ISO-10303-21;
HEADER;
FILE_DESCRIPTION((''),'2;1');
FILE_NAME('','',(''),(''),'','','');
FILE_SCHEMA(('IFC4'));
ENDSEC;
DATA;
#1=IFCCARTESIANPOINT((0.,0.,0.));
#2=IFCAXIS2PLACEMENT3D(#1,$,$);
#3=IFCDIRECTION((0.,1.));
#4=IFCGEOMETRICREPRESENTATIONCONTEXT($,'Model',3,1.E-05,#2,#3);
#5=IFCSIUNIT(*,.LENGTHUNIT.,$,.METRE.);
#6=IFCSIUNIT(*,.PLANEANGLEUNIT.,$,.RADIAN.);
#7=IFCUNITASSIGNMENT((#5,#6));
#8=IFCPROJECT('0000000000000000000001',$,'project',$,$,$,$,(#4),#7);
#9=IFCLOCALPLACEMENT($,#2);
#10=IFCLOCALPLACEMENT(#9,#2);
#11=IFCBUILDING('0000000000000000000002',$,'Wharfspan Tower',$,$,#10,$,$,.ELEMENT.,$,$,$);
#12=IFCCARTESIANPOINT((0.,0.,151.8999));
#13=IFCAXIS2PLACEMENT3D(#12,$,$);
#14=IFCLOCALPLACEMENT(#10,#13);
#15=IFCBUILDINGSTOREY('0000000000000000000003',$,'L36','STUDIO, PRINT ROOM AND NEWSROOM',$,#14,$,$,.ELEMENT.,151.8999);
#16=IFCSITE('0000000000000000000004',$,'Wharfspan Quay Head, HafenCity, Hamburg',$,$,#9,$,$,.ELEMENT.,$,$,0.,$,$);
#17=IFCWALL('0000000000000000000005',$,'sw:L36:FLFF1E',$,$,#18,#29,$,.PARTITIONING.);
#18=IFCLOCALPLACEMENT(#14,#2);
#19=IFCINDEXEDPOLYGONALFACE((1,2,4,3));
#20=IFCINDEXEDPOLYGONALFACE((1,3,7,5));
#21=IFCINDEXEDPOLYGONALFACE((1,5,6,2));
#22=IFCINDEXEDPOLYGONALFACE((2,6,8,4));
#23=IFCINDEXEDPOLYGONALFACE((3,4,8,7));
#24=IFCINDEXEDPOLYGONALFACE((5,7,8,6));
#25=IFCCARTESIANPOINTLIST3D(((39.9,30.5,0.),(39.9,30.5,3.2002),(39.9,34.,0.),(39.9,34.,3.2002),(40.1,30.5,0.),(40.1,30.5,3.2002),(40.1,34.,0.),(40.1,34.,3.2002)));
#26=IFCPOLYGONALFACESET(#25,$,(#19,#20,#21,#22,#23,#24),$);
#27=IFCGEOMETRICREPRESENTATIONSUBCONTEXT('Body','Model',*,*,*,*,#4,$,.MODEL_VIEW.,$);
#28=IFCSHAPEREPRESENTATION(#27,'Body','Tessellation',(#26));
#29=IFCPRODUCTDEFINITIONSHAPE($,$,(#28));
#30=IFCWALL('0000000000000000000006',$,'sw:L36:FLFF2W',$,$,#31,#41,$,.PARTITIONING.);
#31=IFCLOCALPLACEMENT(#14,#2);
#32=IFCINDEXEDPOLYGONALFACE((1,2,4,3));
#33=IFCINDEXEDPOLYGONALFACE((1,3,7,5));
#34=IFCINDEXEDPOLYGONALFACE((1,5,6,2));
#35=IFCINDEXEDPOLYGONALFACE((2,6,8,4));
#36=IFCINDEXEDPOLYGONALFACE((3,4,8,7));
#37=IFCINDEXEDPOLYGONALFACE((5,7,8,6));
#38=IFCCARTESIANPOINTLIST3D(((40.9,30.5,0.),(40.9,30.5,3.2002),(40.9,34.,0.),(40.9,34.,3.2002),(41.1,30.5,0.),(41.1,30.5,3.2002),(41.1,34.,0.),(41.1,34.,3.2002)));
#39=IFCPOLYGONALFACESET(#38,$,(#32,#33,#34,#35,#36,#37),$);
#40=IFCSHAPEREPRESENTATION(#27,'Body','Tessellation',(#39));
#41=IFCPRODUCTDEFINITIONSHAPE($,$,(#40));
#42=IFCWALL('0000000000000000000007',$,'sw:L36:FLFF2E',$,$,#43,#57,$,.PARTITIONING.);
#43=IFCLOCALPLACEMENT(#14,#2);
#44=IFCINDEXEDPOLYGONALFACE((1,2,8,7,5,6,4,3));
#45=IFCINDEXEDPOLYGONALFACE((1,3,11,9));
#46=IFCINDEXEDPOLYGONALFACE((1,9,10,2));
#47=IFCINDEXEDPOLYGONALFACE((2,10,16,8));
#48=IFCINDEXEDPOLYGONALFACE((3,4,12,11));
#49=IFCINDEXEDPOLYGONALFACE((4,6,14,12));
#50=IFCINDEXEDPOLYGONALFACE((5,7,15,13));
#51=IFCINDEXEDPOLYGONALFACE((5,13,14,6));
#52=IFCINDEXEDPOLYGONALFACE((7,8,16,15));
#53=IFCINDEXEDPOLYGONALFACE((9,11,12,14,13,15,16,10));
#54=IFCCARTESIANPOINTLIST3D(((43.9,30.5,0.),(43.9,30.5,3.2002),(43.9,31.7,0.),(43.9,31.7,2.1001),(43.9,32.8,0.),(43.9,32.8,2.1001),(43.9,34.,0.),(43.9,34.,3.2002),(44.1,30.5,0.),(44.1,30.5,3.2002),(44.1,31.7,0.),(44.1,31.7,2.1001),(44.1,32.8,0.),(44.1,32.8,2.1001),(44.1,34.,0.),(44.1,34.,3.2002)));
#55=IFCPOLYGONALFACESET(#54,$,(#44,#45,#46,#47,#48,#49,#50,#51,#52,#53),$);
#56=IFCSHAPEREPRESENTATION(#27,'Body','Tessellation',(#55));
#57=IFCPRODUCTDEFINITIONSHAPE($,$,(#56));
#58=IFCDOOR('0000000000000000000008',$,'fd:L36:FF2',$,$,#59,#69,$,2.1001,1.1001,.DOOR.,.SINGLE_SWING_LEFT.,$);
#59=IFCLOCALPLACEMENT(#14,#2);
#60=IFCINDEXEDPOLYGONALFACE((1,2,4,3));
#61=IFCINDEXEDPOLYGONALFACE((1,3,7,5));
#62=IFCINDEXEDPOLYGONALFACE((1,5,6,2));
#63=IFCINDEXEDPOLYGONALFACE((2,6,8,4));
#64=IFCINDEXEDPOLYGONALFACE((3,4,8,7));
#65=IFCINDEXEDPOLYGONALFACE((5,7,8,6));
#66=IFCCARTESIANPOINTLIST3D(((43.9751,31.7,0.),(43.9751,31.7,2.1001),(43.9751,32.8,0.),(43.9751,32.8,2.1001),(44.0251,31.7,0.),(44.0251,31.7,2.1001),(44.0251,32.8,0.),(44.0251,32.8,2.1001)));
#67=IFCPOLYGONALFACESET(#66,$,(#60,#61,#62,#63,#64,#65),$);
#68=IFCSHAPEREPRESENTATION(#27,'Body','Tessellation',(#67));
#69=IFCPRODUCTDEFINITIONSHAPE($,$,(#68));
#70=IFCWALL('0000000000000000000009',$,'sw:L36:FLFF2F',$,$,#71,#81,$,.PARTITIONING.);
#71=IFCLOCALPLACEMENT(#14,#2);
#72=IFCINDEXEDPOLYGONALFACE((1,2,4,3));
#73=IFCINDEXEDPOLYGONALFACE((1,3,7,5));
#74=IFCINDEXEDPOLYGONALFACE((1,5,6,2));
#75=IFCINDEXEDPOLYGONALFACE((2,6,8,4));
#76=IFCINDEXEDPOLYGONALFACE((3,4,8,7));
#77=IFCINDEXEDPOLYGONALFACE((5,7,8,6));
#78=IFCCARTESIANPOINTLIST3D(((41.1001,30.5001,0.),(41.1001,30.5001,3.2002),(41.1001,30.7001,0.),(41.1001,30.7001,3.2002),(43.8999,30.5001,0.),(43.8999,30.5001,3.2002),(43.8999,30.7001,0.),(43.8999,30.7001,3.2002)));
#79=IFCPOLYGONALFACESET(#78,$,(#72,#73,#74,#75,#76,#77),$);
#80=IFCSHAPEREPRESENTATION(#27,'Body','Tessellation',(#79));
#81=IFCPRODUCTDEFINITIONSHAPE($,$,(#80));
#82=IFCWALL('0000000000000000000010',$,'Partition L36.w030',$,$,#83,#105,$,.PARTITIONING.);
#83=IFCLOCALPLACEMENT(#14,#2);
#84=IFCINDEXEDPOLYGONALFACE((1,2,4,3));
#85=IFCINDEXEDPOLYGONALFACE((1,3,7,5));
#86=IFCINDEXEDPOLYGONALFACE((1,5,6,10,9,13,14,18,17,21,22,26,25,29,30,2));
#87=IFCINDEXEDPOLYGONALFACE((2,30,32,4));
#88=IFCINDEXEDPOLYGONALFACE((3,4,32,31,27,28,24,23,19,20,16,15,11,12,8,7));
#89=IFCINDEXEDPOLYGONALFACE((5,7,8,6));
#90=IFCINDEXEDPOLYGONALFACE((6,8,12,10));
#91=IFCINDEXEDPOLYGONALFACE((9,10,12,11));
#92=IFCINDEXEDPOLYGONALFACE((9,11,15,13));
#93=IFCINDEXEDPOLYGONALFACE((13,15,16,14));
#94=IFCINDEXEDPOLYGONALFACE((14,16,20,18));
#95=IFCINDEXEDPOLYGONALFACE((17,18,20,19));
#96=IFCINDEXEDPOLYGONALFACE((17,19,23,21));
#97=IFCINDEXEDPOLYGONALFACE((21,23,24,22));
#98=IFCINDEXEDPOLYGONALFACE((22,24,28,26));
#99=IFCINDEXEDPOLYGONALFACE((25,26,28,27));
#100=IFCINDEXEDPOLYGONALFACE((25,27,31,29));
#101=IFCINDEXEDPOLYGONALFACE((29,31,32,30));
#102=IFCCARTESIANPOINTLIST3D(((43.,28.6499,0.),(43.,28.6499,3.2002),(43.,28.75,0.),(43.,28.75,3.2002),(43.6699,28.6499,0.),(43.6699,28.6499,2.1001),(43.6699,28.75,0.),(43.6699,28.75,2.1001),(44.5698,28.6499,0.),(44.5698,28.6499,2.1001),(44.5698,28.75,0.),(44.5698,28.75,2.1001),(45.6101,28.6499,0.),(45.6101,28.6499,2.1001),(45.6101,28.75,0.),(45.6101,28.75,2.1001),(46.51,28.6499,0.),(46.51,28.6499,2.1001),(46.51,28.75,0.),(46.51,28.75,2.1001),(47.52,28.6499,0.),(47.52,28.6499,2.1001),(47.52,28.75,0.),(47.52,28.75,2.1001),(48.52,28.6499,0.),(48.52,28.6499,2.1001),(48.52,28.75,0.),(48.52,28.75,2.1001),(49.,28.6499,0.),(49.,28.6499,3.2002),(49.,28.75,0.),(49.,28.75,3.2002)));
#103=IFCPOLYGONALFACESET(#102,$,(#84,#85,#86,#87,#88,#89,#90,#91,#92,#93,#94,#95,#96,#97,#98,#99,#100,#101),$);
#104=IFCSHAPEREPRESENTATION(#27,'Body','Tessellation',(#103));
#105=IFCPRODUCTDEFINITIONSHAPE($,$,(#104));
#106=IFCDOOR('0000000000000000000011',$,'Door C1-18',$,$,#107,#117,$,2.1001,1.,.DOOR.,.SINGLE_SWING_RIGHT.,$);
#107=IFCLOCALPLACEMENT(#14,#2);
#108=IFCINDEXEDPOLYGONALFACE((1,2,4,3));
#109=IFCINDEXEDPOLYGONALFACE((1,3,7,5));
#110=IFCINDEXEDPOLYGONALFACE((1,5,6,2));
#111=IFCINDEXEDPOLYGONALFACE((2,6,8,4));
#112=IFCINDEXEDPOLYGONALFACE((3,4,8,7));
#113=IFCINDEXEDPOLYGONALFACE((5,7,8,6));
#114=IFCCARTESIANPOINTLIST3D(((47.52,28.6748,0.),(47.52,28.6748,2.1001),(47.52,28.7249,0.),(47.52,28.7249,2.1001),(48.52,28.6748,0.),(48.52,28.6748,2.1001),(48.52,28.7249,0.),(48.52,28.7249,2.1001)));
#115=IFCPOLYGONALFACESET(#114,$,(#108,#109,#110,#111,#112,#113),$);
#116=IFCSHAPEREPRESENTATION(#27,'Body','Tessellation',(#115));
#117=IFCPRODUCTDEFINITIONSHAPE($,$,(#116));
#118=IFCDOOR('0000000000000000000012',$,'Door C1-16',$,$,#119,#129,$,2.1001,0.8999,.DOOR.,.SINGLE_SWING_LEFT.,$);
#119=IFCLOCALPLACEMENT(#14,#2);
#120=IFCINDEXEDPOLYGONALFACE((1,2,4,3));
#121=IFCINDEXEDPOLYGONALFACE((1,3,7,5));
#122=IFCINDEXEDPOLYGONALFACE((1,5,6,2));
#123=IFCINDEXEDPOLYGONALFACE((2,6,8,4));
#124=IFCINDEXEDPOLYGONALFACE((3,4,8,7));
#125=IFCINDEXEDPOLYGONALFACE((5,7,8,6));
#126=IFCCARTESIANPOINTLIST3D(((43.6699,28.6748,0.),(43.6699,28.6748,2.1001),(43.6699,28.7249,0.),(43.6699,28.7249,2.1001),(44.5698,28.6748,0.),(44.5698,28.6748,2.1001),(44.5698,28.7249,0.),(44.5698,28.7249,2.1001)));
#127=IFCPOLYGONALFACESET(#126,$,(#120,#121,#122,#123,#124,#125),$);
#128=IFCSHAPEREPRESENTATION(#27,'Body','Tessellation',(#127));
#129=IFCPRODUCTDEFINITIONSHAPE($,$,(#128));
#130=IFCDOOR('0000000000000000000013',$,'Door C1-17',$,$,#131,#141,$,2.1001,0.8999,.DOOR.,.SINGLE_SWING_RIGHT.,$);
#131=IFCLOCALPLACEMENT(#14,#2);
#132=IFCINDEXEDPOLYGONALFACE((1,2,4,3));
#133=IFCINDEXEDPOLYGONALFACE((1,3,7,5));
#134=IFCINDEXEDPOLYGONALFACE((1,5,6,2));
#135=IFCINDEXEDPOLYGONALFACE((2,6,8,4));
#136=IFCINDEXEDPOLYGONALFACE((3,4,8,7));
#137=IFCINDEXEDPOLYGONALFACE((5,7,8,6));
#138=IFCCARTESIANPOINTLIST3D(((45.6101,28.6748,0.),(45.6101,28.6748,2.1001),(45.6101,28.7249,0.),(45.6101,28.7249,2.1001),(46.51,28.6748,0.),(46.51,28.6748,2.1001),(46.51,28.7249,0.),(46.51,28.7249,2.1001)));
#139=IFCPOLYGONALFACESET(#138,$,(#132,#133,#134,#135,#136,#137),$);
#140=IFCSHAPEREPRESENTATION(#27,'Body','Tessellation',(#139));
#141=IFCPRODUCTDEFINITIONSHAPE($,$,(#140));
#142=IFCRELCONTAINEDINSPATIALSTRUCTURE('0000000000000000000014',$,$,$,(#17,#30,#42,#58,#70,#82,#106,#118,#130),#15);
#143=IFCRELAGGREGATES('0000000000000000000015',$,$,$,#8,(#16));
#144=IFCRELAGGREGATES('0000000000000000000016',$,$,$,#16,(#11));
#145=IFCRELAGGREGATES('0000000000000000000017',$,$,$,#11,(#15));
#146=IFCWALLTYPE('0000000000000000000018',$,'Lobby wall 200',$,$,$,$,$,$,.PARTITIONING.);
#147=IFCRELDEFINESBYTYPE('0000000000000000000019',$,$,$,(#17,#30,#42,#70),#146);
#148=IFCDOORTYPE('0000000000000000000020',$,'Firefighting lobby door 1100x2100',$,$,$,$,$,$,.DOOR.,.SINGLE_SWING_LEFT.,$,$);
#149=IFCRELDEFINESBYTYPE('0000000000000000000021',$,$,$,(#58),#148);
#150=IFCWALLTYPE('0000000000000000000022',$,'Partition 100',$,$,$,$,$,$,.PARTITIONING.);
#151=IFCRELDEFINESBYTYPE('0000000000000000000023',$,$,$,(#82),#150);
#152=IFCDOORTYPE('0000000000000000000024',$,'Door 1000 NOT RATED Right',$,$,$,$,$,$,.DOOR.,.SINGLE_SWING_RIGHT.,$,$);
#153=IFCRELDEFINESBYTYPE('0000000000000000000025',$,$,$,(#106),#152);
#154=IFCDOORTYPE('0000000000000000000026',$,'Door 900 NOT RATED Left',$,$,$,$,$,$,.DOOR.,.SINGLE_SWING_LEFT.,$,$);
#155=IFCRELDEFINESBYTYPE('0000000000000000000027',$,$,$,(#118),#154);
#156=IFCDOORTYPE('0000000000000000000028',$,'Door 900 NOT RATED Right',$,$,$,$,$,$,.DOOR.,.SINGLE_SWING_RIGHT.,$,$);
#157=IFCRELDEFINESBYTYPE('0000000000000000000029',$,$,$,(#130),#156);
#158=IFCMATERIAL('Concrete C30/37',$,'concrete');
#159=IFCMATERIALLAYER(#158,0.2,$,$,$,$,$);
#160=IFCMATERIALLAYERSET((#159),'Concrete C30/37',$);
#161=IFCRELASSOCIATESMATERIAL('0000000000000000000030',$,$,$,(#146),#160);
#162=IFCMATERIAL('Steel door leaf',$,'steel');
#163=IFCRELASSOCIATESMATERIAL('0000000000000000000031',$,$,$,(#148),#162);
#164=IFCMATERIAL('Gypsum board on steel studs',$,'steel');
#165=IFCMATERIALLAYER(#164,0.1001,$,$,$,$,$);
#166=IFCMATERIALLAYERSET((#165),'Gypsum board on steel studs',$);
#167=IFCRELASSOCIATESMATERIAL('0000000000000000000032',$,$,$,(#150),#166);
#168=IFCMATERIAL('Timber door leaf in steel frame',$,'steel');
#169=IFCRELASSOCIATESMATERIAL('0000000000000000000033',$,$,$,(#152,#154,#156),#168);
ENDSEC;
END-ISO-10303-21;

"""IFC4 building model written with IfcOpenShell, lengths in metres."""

from ifc_helpers import new_model, si_unit, direction, frame, frame_2d, origin, place, context, subcontext, project, spatial, rectangle, extrude, material, layer, layer_set, type_object, element, fill, save


model = new_model("IFC4")

# Units and contexts
model_context = context("Model", 3, precision=1e-05, world=origin(), true_north=direction((0.0, 1.0)))
body_context = subcontext(model_context, "Body", "Model", "MODEL_VIEW")
ifc_project = project(units=[si_unit("LENGTHUNIT", "METRE"), si_unit("PLANEANGLEUNIT", "RADIAN")], contexts=[model_context])

# Site, building, storey
site_placement = place(None, origin())
site = spatial("IfcSite", under=ifc_project, at=site_placement, Name="Wharfspan Quay Head, HafenCity, Hamburg", CompositionType="ELEMENT", RefElevation=0.0)
building_placement = place(site_placement, origin())
building = spatial("IfcBuilding", under=site, at=building_placement, Name="Wharfspan Tower", CompositionType="ELEMENT")
storey_placement = place(building_placement, frame((0.0, 0.0, 151.8999)))
storey = spatial("IfcBuildingStorey", under=building, at=storey_placement, Name="L36", Description="STUDIO, PRINT ROOM AND NEWSROOM", CompositionType="ELEMENT", Elevation=151.8999)

# Shared definitions
ifc_material_1 = material(Name="Gypsum board on steel studs", Category="steel")

# Shared definitions
ifc_material_2 = material(Name="Steel door leaf", Category="steel")

# Walls
ifc_material_3 = material(Name="Concrete C30/37", Category="concrete")
ifc_layer_1 = layer(ifc_material_3, 0.2)
ifc_layer_set_1 = layer_set([ifc_layer_1], Name="Concrete C30/37")
wall_type_1 = type_object("IfcWallType", Name="Lobby wall 200", PredefinedType="PARTITIONING", material=ifc_layer_set_1)
for number, where, z_axis, x_axis, name in (
    (1, (40.0, 30.5, 0.0), (0.0, 0.0, 1.0), (0.0, 1.0, 0.0), "sw:L36:FLFF1E"),
    (2, (41.0, 30.5, 0.0), (0.0, 0.0, 1.0), (0.0, 1.0, 0.0), "sw:L36:FLFF2W"),
):
    element("IfcWall", number, at=place(storey_placement, frame(where, z_axis=z_axis, x_axis=x_axis)), inside=storey, type_object=wall_type_1, Name=name, PredefinedType="PARTITIONING", context=body_context, shape_type="SweptSolid", body=[
        extrude(rectangle(XDim=3.5, YDim=0.2, at=frame_2d((1.75, 0.0))), origin(), (0.0, 0.0, 1.0), 3.2002),
    ])

# Wall, opening, door
wall_1_placement = place(storey_placement, frame((44.0, 30.5, 0.0), z_axis=(0.0, 0.0, 1.0), x_axis=(0.0, 1.0, 0.0)))
wall_1 = element("IfcWall", 3, at=wall_1_placement, inside=storey, type_object=wall_type_1, Name="sw:L36:FLFF2E", PredefinedType="PARTITIONING", context=body_context, shape_type="SweptSolid", body=[
    extrude(rectangle(XDim=3.5, YDim=0.2, at=frame_2d((1.75, 0.0))), origin(), (0.0, 0.0, 1.0), 3.2002),
])
opening_1_placement = place(wall_1_placement, frame((1.2, 0.0, 0.0)))
opening_1 = element("IfcOpeningElement", 4, at=opening_1_placement, cuts=wall_1, PredefinedType="OPENING", context=body_context, shape_type="SweptSolid", body=[
    extrude(rectangle(XDim=1.1001, YDim=2.1001, at=frame_2d((0.55, 1.05))), frame((0.0, 0.1099, 0.0), z_axis=(0.0, -1.0, 0.0), x_axis=(1.0, 0.0, 0.0)), (0.0, 0.0, 1.0), 0.22),
])
door_type_1 = type_object("IfcDoorType", Name="Firefighting lobby door 1100x2100", OperationType="SINGLE_SWING_LEFT", PredefinedType="DOOR", material=ifc_material_2)
door_1_placement = place(opening_1_placement, origin())
door_1 = element("IfcDoor", 5, at=door_1_placement, inside=storey, type_object=door_type_1, Name="fd:L36:FF2", OperationType="SINGLE_SWING_LEFT", OverallHeight=2.1001, OverallWidth=1.1001, PredefinedType="DOOR", context=body_context, shape_type="SweptSolid", body=[
    extrude(rectangle(XDim=1.1001, YDim=2.1001, at=frame_2d((0.55, 1.05))), frame((0.0, 0.0249, 0.0), z_axis=(0.0, -1.0, 0.0), x_axis=(1.0, 0.0, 0.0)), (0.0, 0.0, 1.0), 0.05),
])
fill(opening_1, door_1)

# Wall
wall_2_placement = place(storey_placement, frame((41.1001, 30.6001, 0.0), z_axis=(0.0, 0.0, 1.0), x_axis=(1.0, 0.0, 0.0)))
element("IfcWall", 6, at=wall_2_placement, inside=storey, type_object=wall_type_1, Name="sw:L36:FLFF2F", PredefinedType="PARTITIONING", context=body_context, shape_type="SweptSolid", body=[
    extrude(rectangle(XDim=2.7998, YDim=0.2, at=frame_2d((1.3999, 0.0))), origin(), (0.0, 0.0, 1.0), 3.2002),
])

# Wall, openings, doors
ifc_layer_2 = layer(ifc_material_1, 0.1001)
ifc_layer_set_2 = layer_set([ifc_layer_2], Name="Gypsum board on steel studs")
wall_type_2 = type_object("IfcWallType", Name="Partition 100", PredefinedType="PARTITIONING", material=ifc_layer_set_2)
wall_3_placement = place(storey_placement, frame((43.0, 28.7, 0.0), z_axis=(0.0, 0.0, 1.0), x_axis=(1.0, 0.0, 0.0)))
wall_3 = element("IfcWall", 7, at=wall_3_placement, inside=storey, type_object=wall_type_2, Name="Partition L36.w030", PredefinedType="PARTITIONING", context=body_context, shape_type="SweptSolid", body=[
    extrude(rectangle(XDim=6.0, YDim=0.1001, at=frame_2d((3.0, 0.0))), origin(), (0.0, 0.0, 1.0), 3.2002),
])
opening_2_placement = place(wall_3_placement, frame((0.6699, 0.0, 0.0)))
opening_2 = element("IfcOpeningElement", 8, at=opening_2_placement, cuts=wall_3, PredefinedType="OPENING", context=body_context, shape_type="SweptSolid", body=[
    extrude(rectangle(XDim=0.8999, YDim=2.1001, at=frame_2d((0.45, 1.05))), frame((0.0, 0.0601, 0.0), z_axis=(0.0, -1.0, 0.0), x_axis=(1.0, 0.0, 0.0)), (0.0, 0.0, 1.0), 0.1201),
])
opening_3_placement = place(wall_3_placement, frame((2.6101, 0.0, 0.0)))
opening_3 = element("IfcOpeningElement", 9, at=opening_3_placement, cuts=wall_3, PredefinedType="OPENING", context=body_context, shape_type="SweptSolid", body=[
    extrude(rectangle(XDim=0.8999, YDim=2.1001, at=frame_2d((0.45, 1.05))), frame((0.0, 0.0601, 0.0), z_axis=(0.0, -1.0, 0.0), x_axis=(1.0, 0.0, 0.0)), (0.0, 0.0, 1.0), 0.1201),
])
opening_4_placement = place(wall_3_placement, frame((4.52, 0.0, 0.0)))
opening_4 = element("IfcOpeningElement", 10, at=opening_4_placement, cuts=wall_3, PredefinedType="OPENING", context=body_context, shape_type="SweptSolid", body=[
    extrude(rectangle(XDim=1.0, YDim=2.1001, at=frame_2d((0.5, 1.05))), frame((0.0, 0.0601, 0.0), z_axis=(0.0, -1.0, 0.0), x_axis=(1.0, 0.0, 0.0)), (0.0, 0.0, 1.0), 0.1201),
])
ifc_material_4 = material(Name="Timber door leaf in steel frame", Category="steel")
door_type_2 = type_object("IfcDoorType", Name="Door 1000 NOT RATED Right", OperationType="SINGLE_SWING_RIGHT", PredefinedType="DOOR", material=ifc_material_4)
door_2_placement = place(opening_4_placement, origin())
door_2 = element("IfcDoor", 11, at=door_2_placement, inside=storey, type_object=door_type_2, Name="Door C1-18", OperationType="SINGLE_SWING_RIGHT", OverallHeight=2.1001, OverallWidth=1.0, PredefinedType="DOOR", context=body_context, shape_type="SweptSolid", body=[
    extrude(rectangle(XDim=1.0, YDim=2.1001, at=frame_2d((0.5, 1.05))), frame((0.0, 0.0249, 0.0), z_axis=(0.0, -1.0, 0.0), x_axis=(1.0, 0.0, 0.0)), (0.0, 0.0, 1.0), 0.05),
])
fill(opening_4, door_2)
door_type_3 = type_object("IfcDoorType", Name="Door 900 NOT RATED Left", OperationType="SINGLE_SWING_LEFT", PredefinedType="DOOR", material=ifc_material_4)
door_3_placement = place(opening_2_placement, origin())
door_3 = element("IfcDoor", 12, at=door_3_placement, inside=storey, type_object=door_type_3, Name="Door C1-16", OperationType="SINGLE_SWING_LEFT", OverallHeight=2.1001, OverallWidth=0.8999, PredefinedType="DOOR", context=body_context, shape_type="SweptSolid", body=[
    extrude(rectangle(XDim=0.8999, YDim=2.1001, at=frame_2d((0.45, 1.05))), frame((0.0, 0.0249, 0.0), z_axis=(0.0, -1.0, 0.0), x_axis=(1.0, 0.0, 0.0)), (0.0, 0.0, 1.0), 0.05),
])
fill(opening_2, door_3)
door_type_4 = type_object("IfcDoorType", Name="Door 900 NOT RATED Right", OperationType="SINGLE_SWING_RIGHT", PredefinedType="DOOR", material=ifc_material_4)
door_4_placement = place(opening_3_placement, origin())
door_4 = element("IfcDoor", 13, at=door_4_placement, inside=storey, type_object=door_type_4, Name="Door C1-17", OperationType="SINGLE_SWING_RIGHT", OverallHeight=2.1001, OverallWidth=0.8999, PredefinedType="DOOR", context=body_context, shape_type="SweptSolid", body=[
    extrude(rectangle(XDim=0.8999, YDim=2.1001, at=frame_2d((0.45, 1.05))), frame((0.0, 0.0249, 0.0), z_axis=(0.0, -1.0, 0.0), x_axis=(1.0, 0.0, 0.0)), (0.0, 0.0, 1.0), 0.05),
])
fill(opening_3, door_4)

save(model, "model.ifc")
